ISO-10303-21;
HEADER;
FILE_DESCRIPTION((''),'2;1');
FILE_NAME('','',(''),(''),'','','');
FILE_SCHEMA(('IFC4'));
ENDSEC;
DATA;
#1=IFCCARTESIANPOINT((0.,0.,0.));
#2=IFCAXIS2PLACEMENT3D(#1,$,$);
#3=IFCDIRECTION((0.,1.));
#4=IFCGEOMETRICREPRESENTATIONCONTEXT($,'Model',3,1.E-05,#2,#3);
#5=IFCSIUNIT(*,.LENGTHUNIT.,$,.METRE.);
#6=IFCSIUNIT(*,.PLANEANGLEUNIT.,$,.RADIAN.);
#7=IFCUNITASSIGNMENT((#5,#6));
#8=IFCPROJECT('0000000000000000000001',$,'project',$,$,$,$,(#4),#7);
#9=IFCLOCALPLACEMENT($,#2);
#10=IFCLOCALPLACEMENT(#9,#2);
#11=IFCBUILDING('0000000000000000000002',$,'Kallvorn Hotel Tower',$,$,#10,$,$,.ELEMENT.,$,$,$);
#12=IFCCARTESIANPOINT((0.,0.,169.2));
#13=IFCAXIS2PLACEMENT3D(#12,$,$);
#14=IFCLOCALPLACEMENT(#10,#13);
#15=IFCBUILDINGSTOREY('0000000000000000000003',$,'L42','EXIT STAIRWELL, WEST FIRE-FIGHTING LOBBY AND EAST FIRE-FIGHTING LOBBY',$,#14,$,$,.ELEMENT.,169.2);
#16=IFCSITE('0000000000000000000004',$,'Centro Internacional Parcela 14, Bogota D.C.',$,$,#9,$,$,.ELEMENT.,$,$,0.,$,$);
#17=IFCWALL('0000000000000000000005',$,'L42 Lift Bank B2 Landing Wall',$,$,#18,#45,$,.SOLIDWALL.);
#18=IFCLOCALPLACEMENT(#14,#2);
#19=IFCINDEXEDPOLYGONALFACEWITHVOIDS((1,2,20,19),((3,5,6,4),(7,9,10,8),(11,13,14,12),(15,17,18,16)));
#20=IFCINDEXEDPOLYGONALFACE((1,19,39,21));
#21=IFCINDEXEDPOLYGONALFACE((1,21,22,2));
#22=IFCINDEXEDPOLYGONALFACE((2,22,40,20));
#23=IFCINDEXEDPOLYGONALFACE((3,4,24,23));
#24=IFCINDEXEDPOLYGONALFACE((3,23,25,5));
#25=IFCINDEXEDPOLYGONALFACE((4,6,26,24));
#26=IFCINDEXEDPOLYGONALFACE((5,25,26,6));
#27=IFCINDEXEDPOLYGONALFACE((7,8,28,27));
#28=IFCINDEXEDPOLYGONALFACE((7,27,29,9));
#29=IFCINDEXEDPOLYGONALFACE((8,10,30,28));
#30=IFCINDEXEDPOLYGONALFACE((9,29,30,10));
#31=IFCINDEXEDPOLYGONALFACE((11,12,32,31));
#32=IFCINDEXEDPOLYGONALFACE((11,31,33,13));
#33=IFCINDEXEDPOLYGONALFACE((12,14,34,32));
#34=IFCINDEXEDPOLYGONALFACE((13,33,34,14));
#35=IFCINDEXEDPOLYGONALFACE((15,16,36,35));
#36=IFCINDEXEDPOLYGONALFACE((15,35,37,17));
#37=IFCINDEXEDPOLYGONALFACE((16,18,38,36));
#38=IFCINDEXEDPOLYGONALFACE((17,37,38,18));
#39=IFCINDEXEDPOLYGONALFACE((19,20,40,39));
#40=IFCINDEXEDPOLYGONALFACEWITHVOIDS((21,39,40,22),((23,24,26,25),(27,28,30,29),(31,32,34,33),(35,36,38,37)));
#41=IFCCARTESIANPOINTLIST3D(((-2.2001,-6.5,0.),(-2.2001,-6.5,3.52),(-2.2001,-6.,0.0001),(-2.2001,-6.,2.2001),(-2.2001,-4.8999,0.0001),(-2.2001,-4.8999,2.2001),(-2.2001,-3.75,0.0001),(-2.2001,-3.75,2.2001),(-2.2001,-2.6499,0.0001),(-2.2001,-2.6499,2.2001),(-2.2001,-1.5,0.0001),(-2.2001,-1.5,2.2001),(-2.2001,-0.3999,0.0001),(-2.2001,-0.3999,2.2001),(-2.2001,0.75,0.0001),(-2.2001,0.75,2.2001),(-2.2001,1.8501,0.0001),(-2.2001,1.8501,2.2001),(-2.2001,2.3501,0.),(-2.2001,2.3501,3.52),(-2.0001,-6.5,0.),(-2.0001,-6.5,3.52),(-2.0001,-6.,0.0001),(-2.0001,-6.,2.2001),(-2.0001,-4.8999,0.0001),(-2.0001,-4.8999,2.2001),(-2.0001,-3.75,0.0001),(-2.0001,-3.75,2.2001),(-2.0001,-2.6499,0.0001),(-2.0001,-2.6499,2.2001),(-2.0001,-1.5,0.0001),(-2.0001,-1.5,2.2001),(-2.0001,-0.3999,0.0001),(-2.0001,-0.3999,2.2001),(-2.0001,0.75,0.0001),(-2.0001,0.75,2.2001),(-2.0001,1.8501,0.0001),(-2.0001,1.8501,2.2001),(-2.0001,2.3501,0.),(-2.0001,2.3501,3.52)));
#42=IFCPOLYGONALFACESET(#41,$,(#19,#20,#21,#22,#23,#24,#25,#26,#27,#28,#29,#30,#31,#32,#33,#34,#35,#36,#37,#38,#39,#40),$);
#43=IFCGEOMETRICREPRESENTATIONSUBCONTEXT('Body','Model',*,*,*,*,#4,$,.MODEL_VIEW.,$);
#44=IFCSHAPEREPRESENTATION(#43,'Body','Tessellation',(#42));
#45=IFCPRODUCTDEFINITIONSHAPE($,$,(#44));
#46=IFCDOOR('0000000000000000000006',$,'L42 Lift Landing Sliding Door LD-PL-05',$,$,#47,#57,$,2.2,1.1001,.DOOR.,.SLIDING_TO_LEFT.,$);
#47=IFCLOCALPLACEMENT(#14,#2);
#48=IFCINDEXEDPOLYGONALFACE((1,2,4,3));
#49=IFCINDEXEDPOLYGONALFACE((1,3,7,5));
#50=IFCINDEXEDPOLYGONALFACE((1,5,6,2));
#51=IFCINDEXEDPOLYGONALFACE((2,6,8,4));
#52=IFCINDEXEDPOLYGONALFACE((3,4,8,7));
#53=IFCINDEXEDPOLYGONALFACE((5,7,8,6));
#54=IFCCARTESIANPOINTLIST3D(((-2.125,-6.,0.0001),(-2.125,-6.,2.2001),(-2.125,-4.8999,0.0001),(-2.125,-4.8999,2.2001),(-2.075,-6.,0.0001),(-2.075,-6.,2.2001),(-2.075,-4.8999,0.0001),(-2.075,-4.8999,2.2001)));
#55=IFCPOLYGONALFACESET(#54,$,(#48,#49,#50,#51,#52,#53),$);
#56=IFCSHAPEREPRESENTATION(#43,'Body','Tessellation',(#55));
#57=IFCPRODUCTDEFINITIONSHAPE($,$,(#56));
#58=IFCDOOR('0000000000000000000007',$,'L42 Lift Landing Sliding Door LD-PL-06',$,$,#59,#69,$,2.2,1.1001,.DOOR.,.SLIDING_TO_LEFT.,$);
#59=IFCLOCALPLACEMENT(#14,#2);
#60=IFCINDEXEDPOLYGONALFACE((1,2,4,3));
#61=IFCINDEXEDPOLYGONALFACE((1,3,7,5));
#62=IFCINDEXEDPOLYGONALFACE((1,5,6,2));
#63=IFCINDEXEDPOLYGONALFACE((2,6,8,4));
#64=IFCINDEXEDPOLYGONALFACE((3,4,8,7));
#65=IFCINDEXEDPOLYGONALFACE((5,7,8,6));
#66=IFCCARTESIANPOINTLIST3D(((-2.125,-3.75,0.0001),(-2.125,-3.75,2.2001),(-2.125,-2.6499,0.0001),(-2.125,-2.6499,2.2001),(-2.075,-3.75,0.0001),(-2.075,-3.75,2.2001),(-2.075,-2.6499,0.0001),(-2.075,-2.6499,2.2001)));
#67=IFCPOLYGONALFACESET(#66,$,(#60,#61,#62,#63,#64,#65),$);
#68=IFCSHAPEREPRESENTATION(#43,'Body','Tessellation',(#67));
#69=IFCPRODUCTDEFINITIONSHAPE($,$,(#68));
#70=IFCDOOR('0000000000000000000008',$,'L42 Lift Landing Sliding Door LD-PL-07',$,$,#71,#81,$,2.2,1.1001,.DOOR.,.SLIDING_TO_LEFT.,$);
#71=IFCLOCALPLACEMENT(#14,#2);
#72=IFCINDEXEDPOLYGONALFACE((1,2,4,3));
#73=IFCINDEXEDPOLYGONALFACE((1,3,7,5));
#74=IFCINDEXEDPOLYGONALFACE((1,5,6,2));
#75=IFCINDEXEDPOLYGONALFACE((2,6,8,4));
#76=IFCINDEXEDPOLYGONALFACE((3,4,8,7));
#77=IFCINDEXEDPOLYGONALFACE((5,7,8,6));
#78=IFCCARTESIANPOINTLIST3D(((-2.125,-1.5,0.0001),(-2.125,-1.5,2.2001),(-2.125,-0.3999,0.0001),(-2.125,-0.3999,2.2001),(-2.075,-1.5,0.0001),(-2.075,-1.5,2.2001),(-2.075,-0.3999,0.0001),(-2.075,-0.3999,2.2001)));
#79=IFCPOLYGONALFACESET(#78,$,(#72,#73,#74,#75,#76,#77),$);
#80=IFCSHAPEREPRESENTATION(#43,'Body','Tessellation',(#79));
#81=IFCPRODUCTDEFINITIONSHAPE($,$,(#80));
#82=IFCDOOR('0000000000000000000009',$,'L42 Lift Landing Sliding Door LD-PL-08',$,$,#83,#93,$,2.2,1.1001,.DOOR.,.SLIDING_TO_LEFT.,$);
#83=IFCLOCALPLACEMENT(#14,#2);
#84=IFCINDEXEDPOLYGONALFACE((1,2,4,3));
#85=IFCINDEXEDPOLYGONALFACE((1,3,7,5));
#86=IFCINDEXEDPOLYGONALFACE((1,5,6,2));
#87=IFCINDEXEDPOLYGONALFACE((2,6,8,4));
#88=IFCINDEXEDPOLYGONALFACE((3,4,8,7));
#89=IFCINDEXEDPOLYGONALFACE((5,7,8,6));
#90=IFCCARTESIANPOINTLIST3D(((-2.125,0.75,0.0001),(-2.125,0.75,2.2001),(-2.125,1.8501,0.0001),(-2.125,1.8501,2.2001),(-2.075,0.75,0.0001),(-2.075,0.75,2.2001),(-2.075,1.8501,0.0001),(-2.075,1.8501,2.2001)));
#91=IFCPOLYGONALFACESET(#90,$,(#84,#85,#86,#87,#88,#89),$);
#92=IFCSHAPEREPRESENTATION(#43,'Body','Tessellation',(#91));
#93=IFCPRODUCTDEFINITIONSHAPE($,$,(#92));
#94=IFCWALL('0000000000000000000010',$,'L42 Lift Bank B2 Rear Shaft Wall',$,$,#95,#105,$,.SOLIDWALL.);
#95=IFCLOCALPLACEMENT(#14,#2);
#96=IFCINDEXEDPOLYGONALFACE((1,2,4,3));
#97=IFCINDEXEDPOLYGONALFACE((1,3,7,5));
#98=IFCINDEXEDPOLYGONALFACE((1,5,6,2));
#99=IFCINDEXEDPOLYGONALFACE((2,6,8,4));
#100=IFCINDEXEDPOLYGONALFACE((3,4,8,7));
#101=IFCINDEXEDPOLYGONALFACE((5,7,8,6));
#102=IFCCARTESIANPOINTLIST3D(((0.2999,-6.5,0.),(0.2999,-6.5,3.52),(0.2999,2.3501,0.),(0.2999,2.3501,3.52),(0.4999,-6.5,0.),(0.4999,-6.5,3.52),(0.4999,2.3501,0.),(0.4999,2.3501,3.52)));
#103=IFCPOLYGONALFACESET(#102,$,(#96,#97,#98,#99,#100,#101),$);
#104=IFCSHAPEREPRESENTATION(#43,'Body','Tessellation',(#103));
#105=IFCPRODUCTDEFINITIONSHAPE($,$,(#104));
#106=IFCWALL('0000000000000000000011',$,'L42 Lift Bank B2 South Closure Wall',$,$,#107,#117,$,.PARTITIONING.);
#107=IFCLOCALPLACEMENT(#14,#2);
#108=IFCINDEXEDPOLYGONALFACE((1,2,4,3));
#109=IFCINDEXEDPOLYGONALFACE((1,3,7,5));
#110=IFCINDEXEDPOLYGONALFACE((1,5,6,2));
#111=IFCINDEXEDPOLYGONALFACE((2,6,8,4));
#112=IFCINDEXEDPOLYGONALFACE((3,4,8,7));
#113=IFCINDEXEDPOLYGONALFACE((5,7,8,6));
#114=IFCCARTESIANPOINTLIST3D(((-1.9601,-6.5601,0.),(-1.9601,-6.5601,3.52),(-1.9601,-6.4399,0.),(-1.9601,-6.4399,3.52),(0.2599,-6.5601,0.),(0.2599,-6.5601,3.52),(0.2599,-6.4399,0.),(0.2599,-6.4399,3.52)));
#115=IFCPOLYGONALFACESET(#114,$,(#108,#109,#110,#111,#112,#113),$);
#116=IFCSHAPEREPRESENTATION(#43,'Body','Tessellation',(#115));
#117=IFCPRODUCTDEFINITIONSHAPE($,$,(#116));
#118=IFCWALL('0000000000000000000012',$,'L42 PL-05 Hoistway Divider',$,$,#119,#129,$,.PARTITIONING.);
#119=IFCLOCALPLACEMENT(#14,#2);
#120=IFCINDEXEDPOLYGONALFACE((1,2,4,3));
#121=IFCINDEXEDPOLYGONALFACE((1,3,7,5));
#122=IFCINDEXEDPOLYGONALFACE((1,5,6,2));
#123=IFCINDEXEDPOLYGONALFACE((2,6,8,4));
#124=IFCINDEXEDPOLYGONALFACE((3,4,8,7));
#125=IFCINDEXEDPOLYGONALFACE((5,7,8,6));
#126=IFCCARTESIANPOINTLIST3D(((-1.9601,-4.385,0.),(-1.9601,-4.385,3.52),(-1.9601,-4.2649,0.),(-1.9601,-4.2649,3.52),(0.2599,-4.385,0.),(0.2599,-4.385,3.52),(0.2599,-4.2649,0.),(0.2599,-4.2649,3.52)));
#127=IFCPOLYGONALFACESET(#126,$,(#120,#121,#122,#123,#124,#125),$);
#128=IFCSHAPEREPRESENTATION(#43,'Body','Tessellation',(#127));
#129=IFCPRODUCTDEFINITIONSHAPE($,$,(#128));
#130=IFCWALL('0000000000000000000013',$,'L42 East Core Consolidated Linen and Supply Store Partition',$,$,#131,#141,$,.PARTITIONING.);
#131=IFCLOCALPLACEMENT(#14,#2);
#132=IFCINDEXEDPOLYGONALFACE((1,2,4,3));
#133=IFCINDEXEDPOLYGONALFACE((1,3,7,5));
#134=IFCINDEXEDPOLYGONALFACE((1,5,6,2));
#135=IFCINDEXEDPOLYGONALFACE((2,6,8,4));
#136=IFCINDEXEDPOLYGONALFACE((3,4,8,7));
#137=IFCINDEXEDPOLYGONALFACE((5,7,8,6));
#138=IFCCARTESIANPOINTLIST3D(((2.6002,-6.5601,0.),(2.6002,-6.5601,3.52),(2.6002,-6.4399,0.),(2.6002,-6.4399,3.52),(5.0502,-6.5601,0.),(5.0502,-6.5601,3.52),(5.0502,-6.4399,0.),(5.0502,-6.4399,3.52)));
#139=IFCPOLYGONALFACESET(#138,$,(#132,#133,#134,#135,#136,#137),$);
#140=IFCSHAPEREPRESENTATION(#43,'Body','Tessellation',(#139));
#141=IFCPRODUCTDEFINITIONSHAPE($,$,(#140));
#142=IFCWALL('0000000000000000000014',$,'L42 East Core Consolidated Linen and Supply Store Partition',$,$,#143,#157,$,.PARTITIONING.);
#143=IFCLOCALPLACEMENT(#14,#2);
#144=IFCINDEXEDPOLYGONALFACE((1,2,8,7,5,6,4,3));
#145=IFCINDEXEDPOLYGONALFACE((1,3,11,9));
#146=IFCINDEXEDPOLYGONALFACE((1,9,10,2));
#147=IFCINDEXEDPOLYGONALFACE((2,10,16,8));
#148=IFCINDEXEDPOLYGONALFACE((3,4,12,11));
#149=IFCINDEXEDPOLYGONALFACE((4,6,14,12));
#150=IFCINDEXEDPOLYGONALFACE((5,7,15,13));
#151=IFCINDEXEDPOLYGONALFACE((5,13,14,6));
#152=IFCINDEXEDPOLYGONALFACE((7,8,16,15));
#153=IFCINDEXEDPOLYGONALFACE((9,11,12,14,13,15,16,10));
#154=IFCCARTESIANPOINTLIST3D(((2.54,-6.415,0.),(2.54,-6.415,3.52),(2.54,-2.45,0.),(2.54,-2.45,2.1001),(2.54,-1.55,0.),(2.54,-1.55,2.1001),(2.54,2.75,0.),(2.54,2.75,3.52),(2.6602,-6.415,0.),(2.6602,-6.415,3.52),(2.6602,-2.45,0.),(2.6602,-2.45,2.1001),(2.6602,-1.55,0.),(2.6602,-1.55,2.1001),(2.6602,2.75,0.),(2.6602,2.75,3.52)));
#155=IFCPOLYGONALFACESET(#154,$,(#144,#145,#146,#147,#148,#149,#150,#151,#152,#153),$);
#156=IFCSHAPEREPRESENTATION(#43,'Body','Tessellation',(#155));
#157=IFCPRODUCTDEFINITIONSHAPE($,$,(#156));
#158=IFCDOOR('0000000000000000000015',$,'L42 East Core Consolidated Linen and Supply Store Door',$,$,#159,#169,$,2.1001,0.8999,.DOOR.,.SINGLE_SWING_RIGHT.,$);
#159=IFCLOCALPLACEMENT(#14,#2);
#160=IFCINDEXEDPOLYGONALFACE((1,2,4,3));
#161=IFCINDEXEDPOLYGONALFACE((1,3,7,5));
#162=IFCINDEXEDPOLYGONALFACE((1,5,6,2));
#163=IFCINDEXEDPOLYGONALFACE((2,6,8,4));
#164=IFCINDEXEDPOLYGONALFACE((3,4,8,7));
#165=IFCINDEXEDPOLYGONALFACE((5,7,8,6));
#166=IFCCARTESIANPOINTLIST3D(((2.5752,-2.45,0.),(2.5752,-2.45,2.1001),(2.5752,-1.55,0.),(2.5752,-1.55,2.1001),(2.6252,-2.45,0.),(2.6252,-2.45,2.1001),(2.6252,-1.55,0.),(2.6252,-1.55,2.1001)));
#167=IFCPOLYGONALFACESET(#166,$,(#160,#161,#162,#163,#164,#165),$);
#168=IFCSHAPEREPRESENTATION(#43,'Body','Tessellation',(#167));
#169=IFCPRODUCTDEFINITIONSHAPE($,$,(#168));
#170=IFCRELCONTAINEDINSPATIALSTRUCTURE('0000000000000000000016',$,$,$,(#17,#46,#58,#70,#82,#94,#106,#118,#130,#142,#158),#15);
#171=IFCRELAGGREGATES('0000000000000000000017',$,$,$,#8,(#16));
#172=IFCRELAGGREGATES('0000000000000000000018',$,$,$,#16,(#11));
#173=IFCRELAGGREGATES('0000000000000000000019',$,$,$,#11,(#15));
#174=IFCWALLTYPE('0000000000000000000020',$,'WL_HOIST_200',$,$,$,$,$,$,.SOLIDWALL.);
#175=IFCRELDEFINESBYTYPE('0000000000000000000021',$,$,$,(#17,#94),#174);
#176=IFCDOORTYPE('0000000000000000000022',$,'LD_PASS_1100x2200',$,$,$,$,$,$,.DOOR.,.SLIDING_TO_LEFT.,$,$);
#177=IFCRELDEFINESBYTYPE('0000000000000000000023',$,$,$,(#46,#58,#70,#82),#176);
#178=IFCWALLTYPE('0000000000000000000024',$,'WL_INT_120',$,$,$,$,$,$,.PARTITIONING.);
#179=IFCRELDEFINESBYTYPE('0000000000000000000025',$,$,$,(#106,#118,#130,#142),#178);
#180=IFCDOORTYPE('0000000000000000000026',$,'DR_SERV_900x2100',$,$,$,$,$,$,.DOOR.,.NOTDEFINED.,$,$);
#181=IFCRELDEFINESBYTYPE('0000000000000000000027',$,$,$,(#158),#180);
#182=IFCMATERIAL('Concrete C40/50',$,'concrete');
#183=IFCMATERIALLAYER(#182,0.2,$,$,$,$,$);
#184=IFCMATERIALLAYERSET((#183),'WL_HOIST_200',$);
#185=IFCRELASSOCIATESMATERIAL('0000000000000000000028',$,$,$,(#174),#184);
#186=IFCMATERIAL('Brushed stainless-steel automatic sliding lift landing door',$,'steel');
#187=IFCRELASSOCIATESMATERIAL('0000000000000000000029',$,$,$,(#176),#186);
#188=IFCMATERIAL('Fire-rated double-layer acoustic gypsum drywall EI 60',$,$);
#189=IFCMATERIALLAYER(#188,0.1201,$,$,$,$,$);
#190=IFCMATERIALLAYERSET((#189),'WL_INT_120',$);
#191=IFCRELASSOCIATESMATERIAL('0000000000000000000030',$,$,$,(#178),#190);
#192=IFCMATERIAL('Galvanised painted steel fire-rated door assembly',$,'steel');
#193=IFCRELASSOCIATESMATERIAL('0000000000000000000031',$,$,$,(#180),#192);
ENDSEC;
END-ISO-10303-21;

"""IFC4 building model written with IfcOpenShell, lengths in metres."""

from ifc_helpers import new_model, si_unit, direction, frame, frame_2d, origin, place, context, subcontext, project, spatial, rectangle, extrude, material, layer, layer_set, type_object, element, fill, save


model = new_model("IFC4")

# Units and contexts
model_context = context("Model", 3, precision=1e-05, world=origin(), true_north=direction((0.0, 1.0)))
body_context = subcontext(model_context, "Body", "Model", "MODEL_VIEW")
ifc_project = project(units=[si_unit("LENGTHUNIT", "METRE"), si_unit("PLANEANGLEUNIT", "RADIAN")], contexts=[model_context])

# Site, building, storey
site_placement = place(None, origin())
site = spatial("IfcSite", under=ifc_project, at=site_placement, Name="Centro Internacional Parcela 14, Bogota D.C.", CompositionType="ELEMENT", RefElevation=0.0)
building_placement = place(site_placement, origin())
building = spatial("IfcBuilding", under=site, at=building_placement, Name="Kallvorn Hotel Tower", CompositionType="ELEMENT")
storey_placement = place(building_placement, frame((0.0, 0.0, 169.2)))
storey = spatial("IfcBuildingStorey", under=building, at=storey_placement, Name="L42", Description="EXIT STAIRWELL, WEST FIRE-FIGHTING LOBBY AND EAST FIRE-FIGHTING LOBBY", CompositionType="ELEMENT", Elevation=169.2)

# Wall, openings, doors
ifc_material_1 = material(Name="Concrete C40/50", Category="concrete")
ifc_layer_1 = layer(ifc_material_1, 0.2)
ifc_layer_set_1 = layer_set([ifc_layer_1], Name="WL_HOIST_200")
wall_type_1 = type_object("IfcWallType", Name="WL_HOIST_200", PredefinedType="SOLIDWALL", material=ifc_layer_set_1)
wall_1_placement = place(storey_placement, frame((-2.1001, -6.5, 0.0), z_axis=(0.0, 0.0, 1.0), x_axis=(0.0, 1.0, 0.0)))
wall_1 = element("IfcWall", 1, at=wall_1_placement, inside=storey, type_object=wall_type_1, Name="L42 Lift Bank B2 Landing Wall", PredefinedType="SOLIDWALL", context=body_context, shape_type="SweptSolid", body=[
    extrude(rectangle(XDim=8.8501, YDim=0.2, at=frame_2d((4.425, 0.0))), origin(), (0.0, 0.0, 1.0), 3.52),
])
opening_1_placement = place(wall_1_placement, frame((0.5, 0.0, 0.0)))
opening_1 = element("IfcOpeningElement", 2, at=opening_1_placement, cuts=wall_1, PredefinedType="OPENING", context=body_context, shape_type="SweptSolid", body=[
    extrude(rectangle(XDim=1.1001, YDim=2.2, at=frame_2d((0.55, 1.1001))), frame((0.0, 0.115, 0.0), z_axis=(0.0, -1.0, 0.0), x_axis=(1.0, 0.0, 0.0)), (0.0, 0.0, 1.0), 0.23),
])
opening_2_placement = place(wall_1_placement, frame((2.75, 0.0, 0.0)))
opening_2 = element("IfcOpeningElement", 3, at=opening_2_placement, cuts=wall_1, PredefinedType="OPENING", context=body_context, shape_type="SweptSolid", body=[
    extrude(rectangle(XDim=1.1001, YDim=2.2, at=frame_2d((0.55, 1.1001))), frame((0.0, 0.115, 0.0), z_axis=(0.0, -1.0, 0.0), x_axis=(1.0, 0.0, 0.0)), (0.0, 0.0, 1.0), 0.23),
])
opening_3_placement = place(wall_1_placement, frame((5.0, 0.0, 0.0)))
opening_3 = element("IfcOpeningElement", 4, at=opening_3_placement, cuts=wall_1, PredefinedType="OPENING", context=body_context, shape_type="SweptSolid", body=[
    extrude(rectangle(XDim=1.1001, YDim=2.2, at=frame_2d((0.55, 1.1001))), frame((0.0, 0.115, 0.0), z_axis=(0.0, -1.0, 0.0), x_axis=(1.0, 0.0, 0.0)), (0.0, 0.0, 1.0), 0.23),
])
opening_4_placement = place(wall_1_placement, frame((7.25, 0.0, 0.0)))
opening_4 = element("IfcOpeningElement", 5, at=opening_4_placement, cuts=wall_1, PredefinedType="OPENING", context=body_context, shape_type="SweptSolid", body=[
    extrude(rectangle(XDim=1.1001, YDim=2.2, at=frame_2d((0.55, 1.1001))), frame((0.0, 0.115, 0.0), z_axis=(0.0, -1.0, 0.0), x_axis=(1.0, 0.0, 0.0)), (0.0, 0.0, 1.0), 0.23),
])
ifc_material_2 = material(Name="Brushed stainless-steel automatic sliding lift landing door", Category="steel")
door_type_1 = type_object("IfcDoorType", Name="LD_PASS_1100x2200", OperationType="SLIDING_TO_LEFT", PredefinedType="DOOR", material=ifc_material_2)
door_1_placement = place(opening_1_placement, origin())
door_1 = element("IfcDoor", 6, at=door_1_placement, inside=storey, type_object=door_type_1, Name="L42 Lift Landing Sliding Door LD-PL-05", OperationType="SLIDING_TO_LEFT", OverallHeight=2.2, OverallWidth=1.1001, PredefinedType="DOOR", context=body_context, shape_type="SweptSolid", body=[
    extrude(rectangle(XDim=1.1001, YDim=2.2, at=frame_2d((0.55, 1.1001))), frame((0.0, 0.0249, 0.0), z_axis=(0.0, -1.0, 0.0), x_axis=(1.0, 0.0, 0.0)), (0.0, 0.0, 1.0), 0.05),
])
fill(opening_1, door_1)
door_2_placement = place(opening_2_placement, origin())
door_2 = element("IfcDoor", 7, at=door_2_placement, inside=storey, type_object=door_type_1, Name="L42 Lift Landing Sliding Door LD-PL-06", OperationType="SLIDING_TO_LEFT", OverallHeight=2.2, OverallWidth=1.1001, PredefinedType="DOOR", context=body_context, shape_type="SweptSolid", body=[
    extrude(rectangle(XDim=1.1001, YDim=2.2, at=frame_2d((0.55, 1.1001))), frame((0.0, 0.0249, 0.0), z_axis=(0.0, -1.0, 0.0), x_axis=(1.0, 0.0, 0.0)), (0.0, 0.0, 1.0), 0.05),
])
fill(opening_2, door_2)
door_3_placement = place(opening_3_placement, origin())
door_3 = element("IfcDoor", 8, at=door_3_placement, inside=storey, type_object=door_type_1, Name="L42 Lift Landing Sliding Door LD-PL-07", OperationType="SLIDING_TO_LEFT", OverallHeight=2.2, OverallWidth=1.1001, PredefinedType="DOOR", context=body_context, shape_type="SweptSolid", body=[
    extrude(rectangle(XDim=1.1001, YDim=2.2, at=frame_2d((0.55, 1.1001))), frame((0.0, 0.0249, 0.0), z_axis=(0.0, -1.0, 0.0), x_axis=(1.0, 0.0, 0.0)), (0.0, 0.0, 1.0), 0.05),
])
fill(opening_3, door_3)
door_4_placement = place(opening_4_placement, origin())
door_4 = element("IfcDoor", 9, at=door_4_placement, inside=storey, type_object=door_type_1, Name="L42 Lift Landing Sliding Door LD-PL-08", OperationType="SLIDING_TO_LEFT", OverallHeight=2.2, OverallWidth=1.1001, PredefinedType="DOOR", context=body_context, shape_type="SweptSolid", body=[
    extrude(rectangle(XDim=1.1001, YDim=2.2, at=frame_2d((0.55, 1.1001))), frame((0.0, 0.0249, 0.0), z_axis=(0.0, -1.0, 0.0), x_axis=(1.0, 0.0, 0.0)), (0.0, 0.0, 1.0), 0.05),
])
fill(opening_4, door_4)

# Walls
wall_2_placement = place(storey_placement, frame((0.3999, -6.5, 0.0), z_axis=(0.0, 0.0, 1.0), x_axis=(0.0, 1.0, 0.0)))
element("IfcWall", 10, at=wall_2_placement, inside=storey, type_object=wall_type_1, Name="L42 Lift Bank B2 Rear Shaft Wall", PredefinedType="SOLIDWALL", context=body_context, shape_type="SweptSolid", body=[
    extrude(rectangle(XDim=8.8501, YDim=0.2, at=frame_2d((4.425, 0.0))), origin(), (0.0, 0.0, 1.0), 3.52),
])
ifc_material_3 = material(Name="Fire-rated double-layer acoustic gypsum drywall EI 60")
ifc_layer_2 = layer(ifc_material_3, 0.1201)
ifc_layer_set_2 = layer_set([ifc_layer_2], Name="WL_INT_120")
wall_type_2 = type_object("IfcWallType", Name="WL_INT_120", PredefinedType="PARTITIONING", material=ifc_layer_set_2)
for number, where, z_axis, x_axis, name in (
    (11, (-1.96, -6.5, 0.0), (0.0, 0.0, 1.0), (1.0, 0.0, 0.0), "L42 Lift Bank B2 South Closure Wall"),
    (12, (-1.96, -4.325, 0.0), (0.0, 0.0, 1.0), (1.0, 0.0, 0.0), "L42 PL-05 Hoistway Divider"),
):
    element("IfcWall", number, at=place(storey_placement, frame(where, z_axis=z_axis, x_axis=x_axis)), inside=storey, type_object=wall_type_2, Name=name, PredefinedType="PARTITIONING", context=body_context, shape_type="SweptSolid", body=[
        extrude(rectangle(XDim=2.22, YDim=0.1201, at=frame_2d((1.1099, 0.0))), origin(), (0.0, 0.0, 1.0), 3.52),
    ])
wall_3_placement = place(storey_placement, frame((2.6001, -6.5, 0.0), z_axis=(0.0, 0.0, 1.0), x_axis=(1.0, 0.0, 0.0)))
element("IfcWall", 13, at=wall_3_placement, inside=storey, type_object=wall_type_2, Name="L42 East Core Consolidated Linen and Supply Store Partition", PredefinedType="PARTITIONING", context=body_context, shape_type="SweptSolid", body=[
    extrude(rectangle(XDim=2.45, YDim=0.1201, at=frame_2d((1.2251, 0.0))), origin(), (0.0, 0.0, 1.0), 3.52),
])

# Wall, opening, door
wall_4_placement = place(storey_placement, frame((2.6001, -6.415, 0.0), z_axis=(0.0, 0.0, 1.0), x_axis=(0.0, 1.0, 0.0)))
wall_4 = element("IfcWall", 14, at=wall_4_placement, inside=storey, type_object=wall_type_2, Name="L42 East Core Consolidated Linen and Supply Store Partition", PredefinedType="PARTITIONING", context=body_context, shape_type="SweptSolid", body=[
    extrude(rectangle(XDim=9.165, YDim=0.1201, at=frame_2d((4.5825, 0.0))), origin(), (0.0, 0.0, 1.0), 3.52),
])
opening_5_placement = place(wall_4_placement, frame((3.9651, 0.0, 0.0)))
opening_5 = element("IfcOpeningElement", 15, at=opening_5_placement, cuts=wall_4, PredefinedType="OPENING", context=body_context, shape_type="SweptSolid", body=[
    extrude(rectangle(XDim=0.8999, YDim=2.1001, at=frame_2d((0.45, 1.05))), frame((0.0, 0.075, 0.0), z_axis=(0.0, -1.0, 0.0), x_axis=(1.0, 0.0, 0.0)), (0.0, 0.0, 1.0), 0.1501),
])
ifc_material_4 = material(Name="Galvanised painted steel fire-rated door assembly", Category="steel")
door_type_2 = type_object("IfcDoorType", Name="DR_SERV_900x2100", OperationType="NOTDEFINED", PredefinedType="DOOR", material=ifc_material_4)
door_5_placement = place(opening_5_placement, origin())
door_5 = element("IfcDoor", 16, at=door_5_placement, inside=storey, type_object=door_type_2, Name="L42 East Core Consolidated Linen and Supply Store Door", OperationType="SINGLE_SWING_RIGHT", OverallHeight=2.1001, OverallWidth=0.8999, PredefinedType="DOOR", context=body_context, shape_type="SweptSolid", body=[
    extrude(rectangle(XDim=0.8999, YDim=2.1001, at=frame_2d((0.45, 1.05))), frame((0.0, 0.0249, 0.0), z_axis=(0.0, -1.0, 0.0), x_axis=(1.0, 0.0, 0.0)), (0.0, 0.0, 1.0), 0.05),
])
fill(opening_5, door_5)

save(model, "model.ifc")
